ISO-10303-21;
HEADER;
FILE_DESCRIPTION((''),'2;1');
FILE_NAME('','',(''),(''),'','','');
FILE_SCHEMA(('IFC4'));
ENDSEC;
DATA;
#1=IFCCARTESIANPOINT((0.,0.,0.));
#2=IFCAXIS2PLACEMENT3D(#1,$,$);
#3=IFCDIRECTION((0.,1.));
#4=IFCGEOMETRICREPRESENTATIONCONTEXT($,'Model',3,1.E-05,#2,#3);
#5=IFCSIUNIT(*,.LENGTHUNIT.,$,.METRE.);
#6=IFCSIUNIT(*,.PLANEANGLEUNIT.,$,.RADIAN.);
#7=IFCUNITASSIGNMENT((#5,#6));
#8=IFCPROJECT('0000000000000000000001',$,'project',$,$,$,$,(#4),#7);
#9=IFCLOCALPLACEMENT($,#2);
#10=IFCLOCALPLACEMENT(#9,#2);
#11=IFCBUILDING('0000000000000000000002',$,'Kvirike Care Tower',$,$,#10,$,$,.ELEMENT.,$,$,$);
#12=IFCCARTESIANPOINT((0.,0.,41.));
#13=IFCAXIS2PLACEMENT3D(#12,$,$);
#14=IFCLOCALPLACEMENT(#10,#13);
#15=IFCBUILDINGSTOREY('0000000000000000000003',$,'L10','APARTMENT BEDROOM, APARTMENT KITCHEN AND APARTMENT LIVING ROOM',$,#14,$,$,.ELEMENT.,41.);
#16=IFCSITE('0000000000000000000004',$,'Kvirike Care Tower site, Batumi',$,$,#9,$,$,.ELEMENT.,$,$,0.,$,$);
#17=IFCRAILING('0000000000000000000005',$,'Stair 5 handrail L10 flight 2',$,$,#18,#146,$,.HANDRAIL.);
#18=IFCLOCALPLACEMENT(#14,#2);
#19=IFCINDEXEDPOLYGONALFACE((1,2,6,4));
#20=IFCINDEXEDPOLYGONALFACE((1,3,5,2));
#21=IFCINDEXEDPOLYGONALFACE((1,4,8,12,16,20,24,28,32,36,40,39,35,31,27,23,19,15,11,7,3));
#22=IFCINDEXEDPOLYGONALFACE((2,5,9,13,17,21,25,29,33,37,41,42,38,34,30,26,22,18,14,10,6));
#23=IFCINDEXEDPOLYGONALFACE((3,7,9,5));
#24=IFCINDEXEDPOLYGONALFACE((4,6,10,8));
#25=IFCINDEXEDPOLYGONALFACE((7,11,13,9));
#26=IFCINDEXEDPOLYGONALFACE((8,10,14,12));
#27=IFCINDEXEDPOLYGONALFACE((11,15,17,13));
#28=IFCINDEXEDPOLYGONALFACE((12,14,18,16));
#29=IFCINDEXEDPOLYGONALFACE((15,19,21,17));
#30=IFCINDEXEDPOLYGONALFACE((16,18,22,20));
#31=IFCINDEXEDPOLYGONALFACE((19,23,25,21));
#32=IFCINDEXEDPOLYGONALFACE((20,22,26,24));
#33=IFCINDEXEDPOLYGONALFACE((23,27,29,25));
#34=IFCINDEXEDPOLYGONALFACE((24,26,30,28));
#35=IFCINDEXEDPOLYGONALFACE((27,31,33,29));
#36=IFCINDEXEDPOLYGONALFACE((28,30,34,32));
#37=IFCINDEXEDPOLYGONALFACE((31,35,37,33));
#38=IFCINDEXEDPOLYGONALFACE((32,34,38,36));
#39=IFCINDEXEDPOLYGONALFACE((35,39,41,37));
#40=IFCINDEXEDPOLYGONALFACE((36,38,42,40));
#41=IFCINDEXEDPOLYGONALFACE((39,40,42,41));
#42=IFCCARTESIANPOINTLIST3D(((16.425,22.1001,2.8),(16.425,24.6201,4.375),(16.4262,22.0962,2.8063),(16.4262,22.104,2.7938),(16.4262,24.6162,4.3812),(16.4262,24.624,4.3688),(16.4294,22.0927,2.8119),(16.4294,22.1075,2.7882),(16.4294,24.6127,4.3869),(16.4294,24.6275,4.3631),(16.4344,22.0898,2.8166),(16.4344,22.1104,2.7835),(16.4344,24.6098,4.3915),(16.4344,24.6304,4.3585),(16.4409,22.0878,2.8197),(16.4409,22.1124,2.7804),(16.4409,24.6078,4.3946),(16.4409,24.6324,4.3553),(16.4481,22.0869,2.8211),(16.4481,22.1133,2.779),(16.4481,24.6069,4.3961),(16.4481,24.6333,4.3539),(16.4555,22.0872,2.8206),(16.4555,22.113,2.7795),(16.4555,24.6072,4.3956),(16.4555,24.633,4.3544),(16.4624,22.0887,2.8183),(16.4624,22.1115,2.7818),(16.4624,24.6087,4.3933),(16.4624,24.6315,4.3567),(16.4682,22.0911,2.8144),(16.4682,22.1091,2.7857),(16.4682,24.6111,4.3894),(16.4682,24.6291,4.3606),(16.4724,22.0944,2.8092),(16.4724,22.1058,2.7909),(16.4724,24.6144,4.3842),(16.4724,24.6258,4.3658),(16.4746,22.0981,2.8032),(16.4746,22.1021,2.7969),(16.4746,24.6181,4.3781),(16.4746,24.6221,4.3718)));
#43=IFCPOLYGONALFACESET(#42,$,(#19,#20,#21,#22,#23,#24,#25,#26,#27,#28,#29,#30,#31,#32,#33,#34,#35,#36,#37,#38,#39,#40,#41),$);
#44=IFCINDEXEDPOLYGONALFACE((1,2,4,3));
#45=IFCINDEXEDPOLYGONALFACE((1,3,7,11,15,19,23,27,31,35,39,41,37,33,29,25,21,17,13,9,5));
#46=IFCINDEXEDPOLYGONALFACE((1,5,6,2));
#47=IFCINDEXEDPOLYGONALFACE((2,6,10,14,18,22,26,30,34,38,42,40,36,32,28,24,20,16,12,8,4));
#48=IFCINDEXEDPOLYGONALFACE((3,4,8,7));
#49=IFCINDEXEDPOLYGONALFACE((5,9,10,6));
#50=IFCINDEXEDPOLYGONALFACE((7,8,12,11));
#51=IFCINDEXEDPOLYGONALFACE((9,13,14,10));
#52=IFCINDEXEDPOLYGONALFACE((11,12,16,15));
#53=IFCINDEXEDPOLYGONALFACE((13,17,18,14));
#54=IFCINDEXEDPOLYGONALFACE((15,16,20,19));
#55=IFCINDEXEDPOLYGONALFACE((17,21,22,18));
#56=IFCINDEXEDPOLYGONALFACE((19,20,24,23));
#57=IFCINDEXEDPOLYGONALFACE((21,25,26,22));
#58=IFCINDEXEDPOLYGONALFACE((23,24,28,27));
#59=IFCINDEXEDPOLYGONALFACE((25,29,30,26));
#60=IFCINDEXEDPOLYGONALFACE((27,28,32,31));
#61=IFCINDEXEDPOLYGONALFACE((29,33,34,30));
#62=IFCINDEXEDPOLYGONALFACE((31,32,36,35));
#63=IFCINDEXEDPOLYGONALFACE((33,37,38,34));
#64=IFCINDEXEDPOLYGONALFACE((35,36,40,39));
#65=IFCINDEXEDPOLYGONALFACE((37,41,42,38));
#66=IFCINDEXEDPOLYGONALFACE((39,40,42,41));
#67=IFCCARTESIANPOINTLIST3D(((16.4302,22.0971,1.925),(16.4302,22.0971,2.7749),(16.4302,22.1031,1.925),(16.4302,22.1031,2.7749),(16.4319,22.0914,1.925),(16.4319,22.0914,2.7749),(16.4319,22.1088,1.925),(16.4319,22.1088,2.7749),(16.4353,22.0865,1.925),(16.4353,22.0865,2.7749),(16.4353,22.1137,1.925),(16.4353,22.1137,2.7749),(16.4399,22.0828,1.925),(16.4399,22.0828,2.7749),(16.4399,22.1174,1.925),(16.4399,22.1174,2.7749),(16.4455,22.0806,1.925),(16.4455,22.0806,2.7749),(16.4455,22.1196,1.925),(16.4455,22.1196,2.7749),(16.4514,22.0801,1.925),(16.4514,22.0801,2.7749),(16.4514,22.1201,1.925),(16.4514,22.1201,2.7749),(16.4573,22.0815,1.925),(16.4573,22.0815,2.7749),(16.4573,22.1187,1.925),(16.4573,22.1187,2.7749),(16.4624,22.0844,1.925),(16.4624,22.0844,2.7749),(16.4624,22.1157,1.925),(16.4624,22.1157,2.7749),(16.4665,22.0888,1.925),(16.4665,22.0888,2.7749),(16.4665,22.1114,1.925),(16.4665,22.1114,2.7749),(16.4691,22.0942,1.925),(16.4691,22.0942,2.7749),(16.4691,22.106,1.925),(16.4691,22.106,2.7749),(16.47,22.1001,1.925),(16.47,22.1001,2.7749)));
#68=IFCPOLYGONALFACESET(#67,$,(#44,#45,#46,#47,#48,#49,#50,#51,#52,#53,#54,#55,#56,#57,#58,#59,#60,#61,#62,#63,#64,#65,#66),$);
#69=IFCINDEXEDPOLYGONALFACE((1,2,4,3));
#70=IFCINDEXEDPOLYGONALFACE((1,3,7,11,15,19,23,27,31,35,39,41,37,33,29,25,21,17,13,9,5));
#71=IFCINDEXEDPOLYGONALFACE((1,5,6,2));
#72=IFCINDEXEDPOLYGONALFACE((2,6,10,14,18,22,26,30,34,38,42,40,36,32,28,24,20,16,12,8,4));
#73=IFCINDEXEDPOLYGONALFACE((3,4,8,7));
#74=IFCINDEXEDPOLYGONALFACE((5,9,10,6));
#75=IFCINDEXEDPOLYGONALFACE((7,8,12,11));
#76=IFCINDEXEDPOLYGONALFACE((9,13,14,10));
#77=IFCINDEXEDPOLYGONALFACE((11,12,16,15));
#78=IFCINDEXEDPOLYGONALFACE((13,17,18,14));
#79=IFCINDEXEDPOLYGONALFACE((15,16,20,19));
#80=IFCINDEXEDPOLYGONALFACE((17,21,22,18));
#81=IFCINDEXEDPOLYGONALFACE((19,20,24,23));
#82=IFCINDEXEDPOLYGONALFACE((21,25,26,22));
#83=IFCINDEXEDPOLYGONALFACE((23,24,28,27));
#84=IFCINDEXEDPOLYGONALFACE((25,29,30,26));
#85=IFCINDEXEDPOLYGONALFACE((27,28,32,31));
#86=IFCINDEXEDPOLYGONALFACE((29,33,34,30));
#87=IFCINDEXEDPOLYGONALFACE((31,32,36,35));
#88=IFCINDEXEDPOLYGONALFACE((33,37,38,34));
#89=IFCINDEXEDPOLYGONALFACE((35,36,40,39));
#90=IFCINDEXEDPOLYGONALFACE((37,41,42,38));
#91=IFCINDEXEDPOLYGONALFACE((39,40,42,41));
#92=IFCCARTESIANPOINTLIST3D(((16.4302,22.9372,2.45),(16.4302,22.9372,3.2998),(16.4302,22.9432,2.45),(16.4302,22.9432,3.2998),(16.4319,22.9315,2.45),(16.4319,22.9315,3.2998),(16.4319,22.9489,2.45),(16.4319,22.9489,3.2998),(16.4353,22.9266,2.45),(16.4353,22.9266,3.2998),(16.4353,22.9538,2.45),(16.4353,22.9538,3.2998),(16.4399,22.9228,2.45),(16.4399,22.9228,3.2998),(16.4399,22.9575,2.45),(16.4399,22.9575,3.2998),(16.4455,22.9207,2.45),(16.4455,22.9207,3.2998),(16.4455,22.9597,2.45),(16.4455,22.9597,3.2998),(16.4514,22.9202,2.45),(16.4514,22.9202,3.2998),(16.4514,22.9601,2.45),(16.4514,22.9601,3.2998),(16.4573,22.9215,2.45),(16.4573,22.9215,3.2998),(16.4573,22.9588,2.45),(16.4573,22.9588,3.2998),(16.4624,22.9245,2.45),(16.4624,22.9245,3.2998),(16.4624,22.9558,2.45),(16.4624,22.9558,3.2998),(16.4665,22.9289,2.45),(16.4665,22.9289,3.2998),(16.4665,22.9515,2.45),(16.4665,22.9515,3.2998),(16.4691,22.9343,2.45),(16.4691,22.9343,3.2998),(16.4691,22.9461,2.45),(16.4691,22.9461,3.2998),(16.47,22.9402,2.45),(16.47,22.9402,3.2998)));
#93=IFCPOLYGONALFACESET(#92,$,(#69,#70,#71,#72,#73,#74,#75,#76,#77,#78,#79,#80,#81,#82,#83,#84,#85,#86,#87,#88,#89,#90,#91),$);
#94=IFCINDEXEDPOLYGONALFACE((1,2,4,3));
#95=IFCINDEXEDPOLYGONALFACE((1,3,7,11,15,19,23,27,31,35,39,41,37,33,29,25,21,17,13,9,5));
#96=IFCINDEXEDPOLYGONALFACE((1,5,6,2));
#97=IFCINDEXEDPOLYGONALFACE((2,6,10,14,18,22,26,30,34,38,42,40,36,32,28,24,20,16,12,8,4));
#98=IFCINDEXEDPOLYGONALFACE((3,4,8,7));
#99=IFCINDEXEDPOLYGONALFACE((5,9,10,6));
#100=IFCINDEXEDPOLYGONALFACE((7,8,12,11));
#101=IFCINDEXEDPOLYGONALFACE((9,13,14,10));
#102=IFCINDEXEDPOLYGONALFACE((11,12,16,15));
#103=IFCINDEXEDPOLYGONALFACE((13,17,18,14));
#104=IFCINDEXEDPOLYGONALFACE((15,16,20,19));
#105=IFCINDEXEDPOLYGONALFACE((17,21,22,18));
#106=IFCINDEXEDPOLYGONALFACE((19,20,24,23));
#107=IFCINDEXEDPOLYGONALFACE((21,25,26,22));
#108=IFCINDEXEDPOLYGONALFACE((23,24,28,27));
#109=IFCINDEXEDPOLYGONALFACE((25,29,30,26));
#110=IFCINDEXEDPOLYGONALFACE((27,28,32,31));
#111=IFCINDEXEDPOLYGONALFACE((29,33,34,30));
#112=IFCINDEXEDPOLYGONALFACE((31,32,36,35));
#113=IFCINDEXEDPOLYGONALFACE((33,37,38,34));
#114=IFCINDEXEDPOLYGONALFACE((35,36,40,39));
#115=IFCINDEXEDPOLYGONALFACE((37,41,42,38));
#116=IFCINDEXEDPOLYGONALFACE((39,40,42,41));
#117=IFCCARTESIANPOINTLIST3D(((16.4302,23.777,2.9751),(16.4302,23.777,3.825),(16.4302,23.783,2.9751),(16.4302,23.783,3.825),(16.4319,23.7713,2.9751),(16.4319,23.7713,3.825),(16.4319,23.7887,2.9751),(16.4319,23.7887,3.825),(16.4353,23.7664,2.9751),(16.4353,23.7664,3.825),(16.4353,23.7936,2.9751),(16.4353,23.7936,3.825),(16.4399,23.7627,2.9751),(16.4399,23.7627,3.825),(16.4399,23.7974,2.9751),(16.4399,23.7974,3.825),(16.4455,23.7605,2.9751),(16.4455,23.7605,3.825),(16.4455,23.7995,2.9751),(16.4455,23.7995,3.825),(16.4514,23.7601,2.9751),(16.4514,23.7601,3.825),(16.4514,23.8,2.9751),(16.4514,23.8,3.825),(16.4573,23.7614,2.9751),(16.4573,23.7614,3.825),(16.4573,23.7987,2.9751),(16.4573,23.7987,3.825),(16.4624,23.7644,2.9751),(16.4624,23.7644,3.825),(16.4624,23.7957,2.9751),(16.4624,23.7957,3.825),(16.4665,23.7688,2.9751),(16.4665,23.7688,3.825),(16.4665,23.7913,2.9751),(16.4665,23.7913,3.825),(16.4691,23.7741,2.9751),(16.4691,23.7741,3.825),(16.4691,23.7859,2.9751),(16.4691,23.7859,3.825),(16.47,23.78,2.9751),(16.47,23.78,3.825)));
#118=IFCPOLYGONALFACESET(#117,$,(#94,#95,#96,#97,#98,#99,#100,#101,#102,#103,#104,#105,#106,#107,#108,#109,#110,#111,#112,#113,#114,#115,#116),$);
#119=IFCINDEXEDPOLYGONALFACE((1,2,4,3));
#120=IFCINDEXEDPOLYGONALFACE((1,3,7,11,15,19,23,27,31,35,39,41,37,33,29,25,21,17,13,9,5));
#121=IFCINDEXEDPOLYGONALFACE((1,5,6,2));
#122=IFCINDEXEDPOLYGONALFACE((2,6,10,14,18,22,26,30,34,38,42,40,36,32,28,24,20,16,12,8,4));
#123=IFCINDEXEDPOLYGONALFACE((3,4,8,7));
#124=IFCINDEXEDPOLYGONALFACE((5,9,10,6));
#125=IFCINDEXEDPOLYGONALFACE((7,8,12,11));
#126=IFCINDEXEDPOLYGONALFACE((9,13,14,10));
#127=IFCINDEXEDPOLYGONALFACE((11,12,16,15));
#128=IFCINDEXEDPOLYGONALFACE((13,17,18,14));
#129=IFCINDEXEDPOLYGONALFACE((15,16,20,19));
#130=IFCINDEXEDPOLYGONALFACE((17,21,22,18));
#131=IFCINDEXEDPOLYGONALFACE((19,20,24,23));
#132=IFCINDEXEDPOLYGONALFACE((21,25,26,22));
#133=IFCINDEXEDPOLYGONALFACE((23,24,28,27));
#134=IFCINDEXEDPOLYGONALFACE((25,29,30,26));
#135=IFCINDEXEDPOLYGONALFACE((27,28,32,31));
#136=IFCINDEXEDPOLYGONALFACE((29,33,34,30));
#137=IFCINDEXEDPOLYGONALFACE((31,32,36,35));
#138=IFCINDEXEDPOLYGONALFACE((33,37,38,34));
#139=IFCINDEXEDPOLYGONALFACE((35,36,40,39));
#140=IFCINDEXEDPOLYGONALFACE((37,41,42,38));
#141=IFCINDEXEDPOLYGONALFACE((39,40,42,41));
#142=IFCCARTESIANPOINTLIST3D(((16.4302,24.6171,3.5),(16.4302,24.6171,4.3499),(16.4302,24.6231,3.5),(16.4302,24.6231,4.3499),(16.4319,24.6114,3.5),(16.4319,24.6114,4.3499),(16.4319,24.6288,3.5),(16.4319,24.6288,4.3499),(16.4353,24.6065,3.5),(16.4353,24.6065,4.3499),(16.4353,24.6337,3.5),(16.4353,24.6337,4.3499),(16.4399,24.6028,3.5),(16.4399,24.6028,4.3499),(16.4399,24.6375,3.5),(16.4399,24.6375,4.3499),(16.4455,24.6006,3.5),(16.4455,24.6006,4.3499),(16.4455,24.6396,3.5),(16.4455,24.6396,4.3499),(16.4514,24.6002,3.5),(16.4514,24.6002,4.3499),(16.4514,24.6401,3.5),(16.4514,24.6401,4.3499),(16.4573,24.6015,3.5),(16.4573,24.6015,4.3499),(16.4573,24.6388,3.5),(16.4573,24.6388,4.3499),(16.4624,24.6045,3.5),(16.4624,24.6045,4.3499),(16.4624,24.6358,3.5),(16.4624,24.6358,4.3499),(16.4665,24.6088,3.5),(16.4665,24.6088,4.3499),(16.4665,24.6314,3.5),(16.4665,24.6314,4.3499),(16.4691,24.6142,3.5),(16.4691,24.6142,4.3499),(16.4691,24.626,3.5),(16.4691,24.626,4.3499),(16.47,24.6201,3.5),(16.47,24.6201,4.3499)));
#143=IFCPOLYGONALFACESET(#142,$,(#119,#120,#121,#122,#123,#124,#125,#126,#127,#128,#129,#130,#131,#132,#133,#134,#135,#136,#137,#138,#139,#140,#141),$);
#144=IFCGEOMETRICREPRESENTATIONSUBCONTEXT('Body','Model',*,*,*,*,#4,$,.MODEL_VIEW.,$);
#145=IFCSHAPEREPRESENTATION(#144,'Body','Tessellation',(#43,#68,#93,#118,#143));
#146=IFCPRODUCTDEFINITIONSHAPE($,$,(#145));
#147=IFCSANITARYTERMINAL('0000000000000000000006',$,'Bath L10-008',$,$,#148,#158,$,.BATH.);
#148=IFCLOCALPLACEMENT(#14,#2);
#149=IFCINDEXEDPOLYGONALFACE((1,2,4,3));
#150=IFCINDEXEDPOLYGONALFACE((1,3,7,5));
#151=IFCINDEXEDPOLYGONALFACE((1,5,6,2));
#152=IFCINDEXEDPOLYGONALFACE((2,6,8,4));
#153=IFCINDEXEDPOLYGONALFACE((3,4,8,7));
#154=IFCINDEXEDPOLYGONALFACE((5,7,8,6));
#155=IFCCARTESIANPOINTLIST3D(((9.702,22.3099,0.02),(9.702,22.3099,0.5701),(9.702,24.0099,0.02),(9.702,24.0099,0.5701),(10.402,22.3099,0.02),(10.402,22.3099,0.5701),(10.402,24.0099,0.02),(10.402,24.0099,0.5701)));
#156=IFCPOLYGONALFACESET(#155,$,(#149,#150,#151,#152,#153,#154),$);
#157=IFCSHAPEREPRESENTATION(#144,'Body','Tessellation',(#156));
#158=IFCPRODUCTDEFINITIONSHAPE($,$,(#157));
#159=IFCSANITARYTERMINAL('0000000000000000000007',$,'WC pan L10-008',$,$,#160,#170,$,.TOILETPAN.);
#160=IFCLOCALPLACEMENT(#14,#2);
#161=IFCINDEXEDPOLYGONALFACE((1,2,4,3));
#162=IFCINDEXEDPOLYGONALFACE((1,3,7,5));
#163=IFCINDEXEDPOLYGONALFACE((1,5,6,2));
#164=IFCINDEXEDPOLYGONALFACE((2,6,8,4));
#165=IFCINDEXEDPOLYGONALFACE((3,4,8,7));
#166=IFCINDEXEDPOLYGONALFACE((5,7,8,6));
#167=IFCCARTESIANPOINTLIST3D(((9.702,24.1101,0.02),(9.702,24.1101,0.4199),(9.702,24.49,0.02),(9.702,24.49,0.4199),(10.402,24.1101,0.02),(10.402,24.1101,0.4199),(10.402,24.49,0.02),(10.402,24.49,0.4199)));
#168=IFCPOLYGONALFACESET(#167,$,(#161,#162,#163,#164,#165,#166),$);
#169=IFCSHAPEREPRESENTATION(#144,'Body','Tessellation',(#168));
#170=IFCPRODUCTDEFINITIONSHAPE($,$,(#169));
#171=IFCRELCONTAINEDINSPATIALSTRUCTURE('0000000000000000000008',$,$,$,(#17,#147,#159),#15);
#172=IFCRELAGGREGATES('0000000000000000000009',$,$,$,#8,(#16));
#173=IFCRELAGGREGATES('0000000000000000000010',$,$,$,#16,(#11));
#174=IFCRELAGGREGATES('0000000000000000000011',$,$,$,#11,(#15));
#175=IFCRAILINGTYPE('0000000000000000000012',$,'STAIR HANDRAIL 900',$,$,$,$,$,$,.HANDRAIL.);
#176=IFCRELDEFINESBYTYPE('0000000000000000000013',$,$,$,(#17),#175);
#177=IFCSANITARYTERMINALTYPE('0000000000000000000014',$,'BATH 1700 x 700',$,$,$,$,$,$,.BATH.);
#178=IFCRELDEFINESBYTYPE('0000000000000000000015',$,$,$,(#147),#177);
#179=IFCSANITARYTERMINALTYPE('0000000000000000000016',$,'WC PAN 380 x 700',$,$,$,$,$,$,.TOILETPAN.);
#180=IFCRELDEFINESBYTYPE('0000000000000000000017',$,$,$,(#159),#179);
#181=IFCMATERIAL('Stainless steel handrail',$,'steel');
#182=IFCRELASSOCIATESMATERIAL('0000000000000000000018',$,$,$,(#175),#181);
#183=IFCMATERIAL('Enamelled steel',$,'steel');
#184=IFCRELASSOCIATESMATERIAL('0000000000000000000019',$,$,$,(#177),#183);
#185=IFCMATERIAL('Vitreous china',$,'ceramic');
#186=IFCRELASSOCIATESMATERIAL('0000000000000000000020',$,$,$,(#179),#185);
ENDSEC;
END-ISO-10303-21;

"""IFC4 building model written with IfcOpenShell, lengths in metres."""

from ifc_helpers import new_model, si_unit, direction, frame, origin, origin_2d, place, context, subcontext, project, spatial, rectangle, circle, extrude, material, type_object, element, save


model = new_model("IFC4")

# Units and contexts
model_context = context("Model", 3, precision=1e-05, world=origin(), true_north=direction((0.0, 1.0)))
body_context = subcontext(model_context, "Body", "Model", "MODEL_VIEW")
ifc_project = project(units=[si_unit("LENGTHUNIT", "METRE"), si_unit("PLANEANGLEUNIT", "RADIAN")], contexts=[model_context])

# Site, building, storey
site_placement = place(None, origin())
site = spatial("IfcSite", under=ifc_project, at=site_placement, Name="Kvirike Care Tower site, Batumi", CompositionType="ELEMENT", RefElevation=0.0)
building_placement = place(site_placement, origin())
building = spatial("IfcBuilding", under=site, at=building_placement, Name="Kvirike Care Tower", CompositionType="ELEMENT")
storey_placement = place(building_placement, frame((0.0, 0.0, 41.0)))
storey = spatial("IfcBuildingStorey", under=building, at=storey_placement, Name="L10", Description="APARTMENT BEDROOM, APARTMENT KITCHEN AND APARTMENT LIVING ROOM", CompositionType="ELEMENT", Elevation=41.0)

# Railing
ifc_material_1 = material(Name="Stainless steel handrail", Category="steel")
railing_type = type_object("IfcRailingType", Name="STAIR HANDRAIL 900", PredefinedType="HANDRAIL", material=ifc_material_1)
railing_placement = place(storey_placement, frame((16.45, 22.1001, 1.925)))
element("IfcRailing", 1, at=railing_placement, inside=storey, type_object=railing_type, Name="Stair 5 handrail L10 flight 2", PredefinedType="HANDRAIL", context=body_context, shape_type="SweptSolid", body=[
    extrude(circle(Radius=0.0249, at=origin_2d()), frame((0.0, 0.0, 0.875), z_axis=(0.0, 0.848008, 0.529984), x_axis=(-1.0, 0.0, 0.0)), (0.0, 0.0, 1.0), 2.9717),
    extrude(circle(Radius=0.02, at=origin_2d()), origin(), (0.0, 0.0, 1.0), 0.8499),
    extrude(circle(Radius=0.02, at=origin_2d()), frame((0.0, 0.8401, 0.5249)), (0.0, 0.0, 1.0), 0.8499),
    extrude(circle(Radius=0.02, at=origin_2d()), frame((0.0, 1.6799, 1.05)), (0.0, 0.0, 1.0), 0.8499),
    extrude(circle(Radius=0.02, at=origin_2d()), frame((0.0, 2.52, 1.575)), (0.0, 0.0, 1.0), 0.8499),
])

# Sanitary terminals
ifc_material_2 = material(Name="Enamelled steel", Category="steel")
sanitary_terminal_type_1 = type_object("IfcSanitaryTerminalType", Name="BATH 1700 x 700", PredefinedType="BATH", material=ifc_material_2)
sanitary_terminal_1_placement = place(storey_placement, frame((10.052, 23.1599, 0.02), z_axis=(0.0, 0.0, 1.0), x_axis=(0.0, 1.0, 0.0)))
element("IfcSanitaryTerminal", 2, at=sanitary_terminal_1_placement, inside=storey, type_object=sanitary_terminal_type_1, Name="Bath L10-008", PredefinedType="BATH", context=body_context, shape_type="SweptSolid", body=[
    extrude(rectangle(XDim=1.7, YDim=0.7, at=origin_2d()), origin(), (0.0, 0.0, 1.0), 0.55),
])
ifc_material_3 = material(Name="Vitreous china", Category="ceramic")
sanitary_terminal_type_2 = type_object("IfcSanitaryTerminalType", Name="WC PAN 380 x 700", PredefinedType="TOILETPAN", material=ifc_material_3)
sanitary_terminal_2_placement = place(storey_placement, frame((10.052, 24.3, 0.02), z_axis=(0.0, 0.0, 1.0), x_axis=(0.0, 1.0, 0.0)))
element("IfcSanitaryTerminal", 3, at=sanitary_terminal_2_placement, inside=storey, type_object=sanitary_terminal_type_2, Name="WC pan L10-008", PredefinedType="TOILETPAN", context=body_context, shape_type="SweptSolid", body=[
    extrude(rectangle(XDim=0.3799, YDim=0.7, at=origin_2d()), origin(), (0.0, 0.0, 1.0), 0.3999),
])

save(model, "model.ifc")
